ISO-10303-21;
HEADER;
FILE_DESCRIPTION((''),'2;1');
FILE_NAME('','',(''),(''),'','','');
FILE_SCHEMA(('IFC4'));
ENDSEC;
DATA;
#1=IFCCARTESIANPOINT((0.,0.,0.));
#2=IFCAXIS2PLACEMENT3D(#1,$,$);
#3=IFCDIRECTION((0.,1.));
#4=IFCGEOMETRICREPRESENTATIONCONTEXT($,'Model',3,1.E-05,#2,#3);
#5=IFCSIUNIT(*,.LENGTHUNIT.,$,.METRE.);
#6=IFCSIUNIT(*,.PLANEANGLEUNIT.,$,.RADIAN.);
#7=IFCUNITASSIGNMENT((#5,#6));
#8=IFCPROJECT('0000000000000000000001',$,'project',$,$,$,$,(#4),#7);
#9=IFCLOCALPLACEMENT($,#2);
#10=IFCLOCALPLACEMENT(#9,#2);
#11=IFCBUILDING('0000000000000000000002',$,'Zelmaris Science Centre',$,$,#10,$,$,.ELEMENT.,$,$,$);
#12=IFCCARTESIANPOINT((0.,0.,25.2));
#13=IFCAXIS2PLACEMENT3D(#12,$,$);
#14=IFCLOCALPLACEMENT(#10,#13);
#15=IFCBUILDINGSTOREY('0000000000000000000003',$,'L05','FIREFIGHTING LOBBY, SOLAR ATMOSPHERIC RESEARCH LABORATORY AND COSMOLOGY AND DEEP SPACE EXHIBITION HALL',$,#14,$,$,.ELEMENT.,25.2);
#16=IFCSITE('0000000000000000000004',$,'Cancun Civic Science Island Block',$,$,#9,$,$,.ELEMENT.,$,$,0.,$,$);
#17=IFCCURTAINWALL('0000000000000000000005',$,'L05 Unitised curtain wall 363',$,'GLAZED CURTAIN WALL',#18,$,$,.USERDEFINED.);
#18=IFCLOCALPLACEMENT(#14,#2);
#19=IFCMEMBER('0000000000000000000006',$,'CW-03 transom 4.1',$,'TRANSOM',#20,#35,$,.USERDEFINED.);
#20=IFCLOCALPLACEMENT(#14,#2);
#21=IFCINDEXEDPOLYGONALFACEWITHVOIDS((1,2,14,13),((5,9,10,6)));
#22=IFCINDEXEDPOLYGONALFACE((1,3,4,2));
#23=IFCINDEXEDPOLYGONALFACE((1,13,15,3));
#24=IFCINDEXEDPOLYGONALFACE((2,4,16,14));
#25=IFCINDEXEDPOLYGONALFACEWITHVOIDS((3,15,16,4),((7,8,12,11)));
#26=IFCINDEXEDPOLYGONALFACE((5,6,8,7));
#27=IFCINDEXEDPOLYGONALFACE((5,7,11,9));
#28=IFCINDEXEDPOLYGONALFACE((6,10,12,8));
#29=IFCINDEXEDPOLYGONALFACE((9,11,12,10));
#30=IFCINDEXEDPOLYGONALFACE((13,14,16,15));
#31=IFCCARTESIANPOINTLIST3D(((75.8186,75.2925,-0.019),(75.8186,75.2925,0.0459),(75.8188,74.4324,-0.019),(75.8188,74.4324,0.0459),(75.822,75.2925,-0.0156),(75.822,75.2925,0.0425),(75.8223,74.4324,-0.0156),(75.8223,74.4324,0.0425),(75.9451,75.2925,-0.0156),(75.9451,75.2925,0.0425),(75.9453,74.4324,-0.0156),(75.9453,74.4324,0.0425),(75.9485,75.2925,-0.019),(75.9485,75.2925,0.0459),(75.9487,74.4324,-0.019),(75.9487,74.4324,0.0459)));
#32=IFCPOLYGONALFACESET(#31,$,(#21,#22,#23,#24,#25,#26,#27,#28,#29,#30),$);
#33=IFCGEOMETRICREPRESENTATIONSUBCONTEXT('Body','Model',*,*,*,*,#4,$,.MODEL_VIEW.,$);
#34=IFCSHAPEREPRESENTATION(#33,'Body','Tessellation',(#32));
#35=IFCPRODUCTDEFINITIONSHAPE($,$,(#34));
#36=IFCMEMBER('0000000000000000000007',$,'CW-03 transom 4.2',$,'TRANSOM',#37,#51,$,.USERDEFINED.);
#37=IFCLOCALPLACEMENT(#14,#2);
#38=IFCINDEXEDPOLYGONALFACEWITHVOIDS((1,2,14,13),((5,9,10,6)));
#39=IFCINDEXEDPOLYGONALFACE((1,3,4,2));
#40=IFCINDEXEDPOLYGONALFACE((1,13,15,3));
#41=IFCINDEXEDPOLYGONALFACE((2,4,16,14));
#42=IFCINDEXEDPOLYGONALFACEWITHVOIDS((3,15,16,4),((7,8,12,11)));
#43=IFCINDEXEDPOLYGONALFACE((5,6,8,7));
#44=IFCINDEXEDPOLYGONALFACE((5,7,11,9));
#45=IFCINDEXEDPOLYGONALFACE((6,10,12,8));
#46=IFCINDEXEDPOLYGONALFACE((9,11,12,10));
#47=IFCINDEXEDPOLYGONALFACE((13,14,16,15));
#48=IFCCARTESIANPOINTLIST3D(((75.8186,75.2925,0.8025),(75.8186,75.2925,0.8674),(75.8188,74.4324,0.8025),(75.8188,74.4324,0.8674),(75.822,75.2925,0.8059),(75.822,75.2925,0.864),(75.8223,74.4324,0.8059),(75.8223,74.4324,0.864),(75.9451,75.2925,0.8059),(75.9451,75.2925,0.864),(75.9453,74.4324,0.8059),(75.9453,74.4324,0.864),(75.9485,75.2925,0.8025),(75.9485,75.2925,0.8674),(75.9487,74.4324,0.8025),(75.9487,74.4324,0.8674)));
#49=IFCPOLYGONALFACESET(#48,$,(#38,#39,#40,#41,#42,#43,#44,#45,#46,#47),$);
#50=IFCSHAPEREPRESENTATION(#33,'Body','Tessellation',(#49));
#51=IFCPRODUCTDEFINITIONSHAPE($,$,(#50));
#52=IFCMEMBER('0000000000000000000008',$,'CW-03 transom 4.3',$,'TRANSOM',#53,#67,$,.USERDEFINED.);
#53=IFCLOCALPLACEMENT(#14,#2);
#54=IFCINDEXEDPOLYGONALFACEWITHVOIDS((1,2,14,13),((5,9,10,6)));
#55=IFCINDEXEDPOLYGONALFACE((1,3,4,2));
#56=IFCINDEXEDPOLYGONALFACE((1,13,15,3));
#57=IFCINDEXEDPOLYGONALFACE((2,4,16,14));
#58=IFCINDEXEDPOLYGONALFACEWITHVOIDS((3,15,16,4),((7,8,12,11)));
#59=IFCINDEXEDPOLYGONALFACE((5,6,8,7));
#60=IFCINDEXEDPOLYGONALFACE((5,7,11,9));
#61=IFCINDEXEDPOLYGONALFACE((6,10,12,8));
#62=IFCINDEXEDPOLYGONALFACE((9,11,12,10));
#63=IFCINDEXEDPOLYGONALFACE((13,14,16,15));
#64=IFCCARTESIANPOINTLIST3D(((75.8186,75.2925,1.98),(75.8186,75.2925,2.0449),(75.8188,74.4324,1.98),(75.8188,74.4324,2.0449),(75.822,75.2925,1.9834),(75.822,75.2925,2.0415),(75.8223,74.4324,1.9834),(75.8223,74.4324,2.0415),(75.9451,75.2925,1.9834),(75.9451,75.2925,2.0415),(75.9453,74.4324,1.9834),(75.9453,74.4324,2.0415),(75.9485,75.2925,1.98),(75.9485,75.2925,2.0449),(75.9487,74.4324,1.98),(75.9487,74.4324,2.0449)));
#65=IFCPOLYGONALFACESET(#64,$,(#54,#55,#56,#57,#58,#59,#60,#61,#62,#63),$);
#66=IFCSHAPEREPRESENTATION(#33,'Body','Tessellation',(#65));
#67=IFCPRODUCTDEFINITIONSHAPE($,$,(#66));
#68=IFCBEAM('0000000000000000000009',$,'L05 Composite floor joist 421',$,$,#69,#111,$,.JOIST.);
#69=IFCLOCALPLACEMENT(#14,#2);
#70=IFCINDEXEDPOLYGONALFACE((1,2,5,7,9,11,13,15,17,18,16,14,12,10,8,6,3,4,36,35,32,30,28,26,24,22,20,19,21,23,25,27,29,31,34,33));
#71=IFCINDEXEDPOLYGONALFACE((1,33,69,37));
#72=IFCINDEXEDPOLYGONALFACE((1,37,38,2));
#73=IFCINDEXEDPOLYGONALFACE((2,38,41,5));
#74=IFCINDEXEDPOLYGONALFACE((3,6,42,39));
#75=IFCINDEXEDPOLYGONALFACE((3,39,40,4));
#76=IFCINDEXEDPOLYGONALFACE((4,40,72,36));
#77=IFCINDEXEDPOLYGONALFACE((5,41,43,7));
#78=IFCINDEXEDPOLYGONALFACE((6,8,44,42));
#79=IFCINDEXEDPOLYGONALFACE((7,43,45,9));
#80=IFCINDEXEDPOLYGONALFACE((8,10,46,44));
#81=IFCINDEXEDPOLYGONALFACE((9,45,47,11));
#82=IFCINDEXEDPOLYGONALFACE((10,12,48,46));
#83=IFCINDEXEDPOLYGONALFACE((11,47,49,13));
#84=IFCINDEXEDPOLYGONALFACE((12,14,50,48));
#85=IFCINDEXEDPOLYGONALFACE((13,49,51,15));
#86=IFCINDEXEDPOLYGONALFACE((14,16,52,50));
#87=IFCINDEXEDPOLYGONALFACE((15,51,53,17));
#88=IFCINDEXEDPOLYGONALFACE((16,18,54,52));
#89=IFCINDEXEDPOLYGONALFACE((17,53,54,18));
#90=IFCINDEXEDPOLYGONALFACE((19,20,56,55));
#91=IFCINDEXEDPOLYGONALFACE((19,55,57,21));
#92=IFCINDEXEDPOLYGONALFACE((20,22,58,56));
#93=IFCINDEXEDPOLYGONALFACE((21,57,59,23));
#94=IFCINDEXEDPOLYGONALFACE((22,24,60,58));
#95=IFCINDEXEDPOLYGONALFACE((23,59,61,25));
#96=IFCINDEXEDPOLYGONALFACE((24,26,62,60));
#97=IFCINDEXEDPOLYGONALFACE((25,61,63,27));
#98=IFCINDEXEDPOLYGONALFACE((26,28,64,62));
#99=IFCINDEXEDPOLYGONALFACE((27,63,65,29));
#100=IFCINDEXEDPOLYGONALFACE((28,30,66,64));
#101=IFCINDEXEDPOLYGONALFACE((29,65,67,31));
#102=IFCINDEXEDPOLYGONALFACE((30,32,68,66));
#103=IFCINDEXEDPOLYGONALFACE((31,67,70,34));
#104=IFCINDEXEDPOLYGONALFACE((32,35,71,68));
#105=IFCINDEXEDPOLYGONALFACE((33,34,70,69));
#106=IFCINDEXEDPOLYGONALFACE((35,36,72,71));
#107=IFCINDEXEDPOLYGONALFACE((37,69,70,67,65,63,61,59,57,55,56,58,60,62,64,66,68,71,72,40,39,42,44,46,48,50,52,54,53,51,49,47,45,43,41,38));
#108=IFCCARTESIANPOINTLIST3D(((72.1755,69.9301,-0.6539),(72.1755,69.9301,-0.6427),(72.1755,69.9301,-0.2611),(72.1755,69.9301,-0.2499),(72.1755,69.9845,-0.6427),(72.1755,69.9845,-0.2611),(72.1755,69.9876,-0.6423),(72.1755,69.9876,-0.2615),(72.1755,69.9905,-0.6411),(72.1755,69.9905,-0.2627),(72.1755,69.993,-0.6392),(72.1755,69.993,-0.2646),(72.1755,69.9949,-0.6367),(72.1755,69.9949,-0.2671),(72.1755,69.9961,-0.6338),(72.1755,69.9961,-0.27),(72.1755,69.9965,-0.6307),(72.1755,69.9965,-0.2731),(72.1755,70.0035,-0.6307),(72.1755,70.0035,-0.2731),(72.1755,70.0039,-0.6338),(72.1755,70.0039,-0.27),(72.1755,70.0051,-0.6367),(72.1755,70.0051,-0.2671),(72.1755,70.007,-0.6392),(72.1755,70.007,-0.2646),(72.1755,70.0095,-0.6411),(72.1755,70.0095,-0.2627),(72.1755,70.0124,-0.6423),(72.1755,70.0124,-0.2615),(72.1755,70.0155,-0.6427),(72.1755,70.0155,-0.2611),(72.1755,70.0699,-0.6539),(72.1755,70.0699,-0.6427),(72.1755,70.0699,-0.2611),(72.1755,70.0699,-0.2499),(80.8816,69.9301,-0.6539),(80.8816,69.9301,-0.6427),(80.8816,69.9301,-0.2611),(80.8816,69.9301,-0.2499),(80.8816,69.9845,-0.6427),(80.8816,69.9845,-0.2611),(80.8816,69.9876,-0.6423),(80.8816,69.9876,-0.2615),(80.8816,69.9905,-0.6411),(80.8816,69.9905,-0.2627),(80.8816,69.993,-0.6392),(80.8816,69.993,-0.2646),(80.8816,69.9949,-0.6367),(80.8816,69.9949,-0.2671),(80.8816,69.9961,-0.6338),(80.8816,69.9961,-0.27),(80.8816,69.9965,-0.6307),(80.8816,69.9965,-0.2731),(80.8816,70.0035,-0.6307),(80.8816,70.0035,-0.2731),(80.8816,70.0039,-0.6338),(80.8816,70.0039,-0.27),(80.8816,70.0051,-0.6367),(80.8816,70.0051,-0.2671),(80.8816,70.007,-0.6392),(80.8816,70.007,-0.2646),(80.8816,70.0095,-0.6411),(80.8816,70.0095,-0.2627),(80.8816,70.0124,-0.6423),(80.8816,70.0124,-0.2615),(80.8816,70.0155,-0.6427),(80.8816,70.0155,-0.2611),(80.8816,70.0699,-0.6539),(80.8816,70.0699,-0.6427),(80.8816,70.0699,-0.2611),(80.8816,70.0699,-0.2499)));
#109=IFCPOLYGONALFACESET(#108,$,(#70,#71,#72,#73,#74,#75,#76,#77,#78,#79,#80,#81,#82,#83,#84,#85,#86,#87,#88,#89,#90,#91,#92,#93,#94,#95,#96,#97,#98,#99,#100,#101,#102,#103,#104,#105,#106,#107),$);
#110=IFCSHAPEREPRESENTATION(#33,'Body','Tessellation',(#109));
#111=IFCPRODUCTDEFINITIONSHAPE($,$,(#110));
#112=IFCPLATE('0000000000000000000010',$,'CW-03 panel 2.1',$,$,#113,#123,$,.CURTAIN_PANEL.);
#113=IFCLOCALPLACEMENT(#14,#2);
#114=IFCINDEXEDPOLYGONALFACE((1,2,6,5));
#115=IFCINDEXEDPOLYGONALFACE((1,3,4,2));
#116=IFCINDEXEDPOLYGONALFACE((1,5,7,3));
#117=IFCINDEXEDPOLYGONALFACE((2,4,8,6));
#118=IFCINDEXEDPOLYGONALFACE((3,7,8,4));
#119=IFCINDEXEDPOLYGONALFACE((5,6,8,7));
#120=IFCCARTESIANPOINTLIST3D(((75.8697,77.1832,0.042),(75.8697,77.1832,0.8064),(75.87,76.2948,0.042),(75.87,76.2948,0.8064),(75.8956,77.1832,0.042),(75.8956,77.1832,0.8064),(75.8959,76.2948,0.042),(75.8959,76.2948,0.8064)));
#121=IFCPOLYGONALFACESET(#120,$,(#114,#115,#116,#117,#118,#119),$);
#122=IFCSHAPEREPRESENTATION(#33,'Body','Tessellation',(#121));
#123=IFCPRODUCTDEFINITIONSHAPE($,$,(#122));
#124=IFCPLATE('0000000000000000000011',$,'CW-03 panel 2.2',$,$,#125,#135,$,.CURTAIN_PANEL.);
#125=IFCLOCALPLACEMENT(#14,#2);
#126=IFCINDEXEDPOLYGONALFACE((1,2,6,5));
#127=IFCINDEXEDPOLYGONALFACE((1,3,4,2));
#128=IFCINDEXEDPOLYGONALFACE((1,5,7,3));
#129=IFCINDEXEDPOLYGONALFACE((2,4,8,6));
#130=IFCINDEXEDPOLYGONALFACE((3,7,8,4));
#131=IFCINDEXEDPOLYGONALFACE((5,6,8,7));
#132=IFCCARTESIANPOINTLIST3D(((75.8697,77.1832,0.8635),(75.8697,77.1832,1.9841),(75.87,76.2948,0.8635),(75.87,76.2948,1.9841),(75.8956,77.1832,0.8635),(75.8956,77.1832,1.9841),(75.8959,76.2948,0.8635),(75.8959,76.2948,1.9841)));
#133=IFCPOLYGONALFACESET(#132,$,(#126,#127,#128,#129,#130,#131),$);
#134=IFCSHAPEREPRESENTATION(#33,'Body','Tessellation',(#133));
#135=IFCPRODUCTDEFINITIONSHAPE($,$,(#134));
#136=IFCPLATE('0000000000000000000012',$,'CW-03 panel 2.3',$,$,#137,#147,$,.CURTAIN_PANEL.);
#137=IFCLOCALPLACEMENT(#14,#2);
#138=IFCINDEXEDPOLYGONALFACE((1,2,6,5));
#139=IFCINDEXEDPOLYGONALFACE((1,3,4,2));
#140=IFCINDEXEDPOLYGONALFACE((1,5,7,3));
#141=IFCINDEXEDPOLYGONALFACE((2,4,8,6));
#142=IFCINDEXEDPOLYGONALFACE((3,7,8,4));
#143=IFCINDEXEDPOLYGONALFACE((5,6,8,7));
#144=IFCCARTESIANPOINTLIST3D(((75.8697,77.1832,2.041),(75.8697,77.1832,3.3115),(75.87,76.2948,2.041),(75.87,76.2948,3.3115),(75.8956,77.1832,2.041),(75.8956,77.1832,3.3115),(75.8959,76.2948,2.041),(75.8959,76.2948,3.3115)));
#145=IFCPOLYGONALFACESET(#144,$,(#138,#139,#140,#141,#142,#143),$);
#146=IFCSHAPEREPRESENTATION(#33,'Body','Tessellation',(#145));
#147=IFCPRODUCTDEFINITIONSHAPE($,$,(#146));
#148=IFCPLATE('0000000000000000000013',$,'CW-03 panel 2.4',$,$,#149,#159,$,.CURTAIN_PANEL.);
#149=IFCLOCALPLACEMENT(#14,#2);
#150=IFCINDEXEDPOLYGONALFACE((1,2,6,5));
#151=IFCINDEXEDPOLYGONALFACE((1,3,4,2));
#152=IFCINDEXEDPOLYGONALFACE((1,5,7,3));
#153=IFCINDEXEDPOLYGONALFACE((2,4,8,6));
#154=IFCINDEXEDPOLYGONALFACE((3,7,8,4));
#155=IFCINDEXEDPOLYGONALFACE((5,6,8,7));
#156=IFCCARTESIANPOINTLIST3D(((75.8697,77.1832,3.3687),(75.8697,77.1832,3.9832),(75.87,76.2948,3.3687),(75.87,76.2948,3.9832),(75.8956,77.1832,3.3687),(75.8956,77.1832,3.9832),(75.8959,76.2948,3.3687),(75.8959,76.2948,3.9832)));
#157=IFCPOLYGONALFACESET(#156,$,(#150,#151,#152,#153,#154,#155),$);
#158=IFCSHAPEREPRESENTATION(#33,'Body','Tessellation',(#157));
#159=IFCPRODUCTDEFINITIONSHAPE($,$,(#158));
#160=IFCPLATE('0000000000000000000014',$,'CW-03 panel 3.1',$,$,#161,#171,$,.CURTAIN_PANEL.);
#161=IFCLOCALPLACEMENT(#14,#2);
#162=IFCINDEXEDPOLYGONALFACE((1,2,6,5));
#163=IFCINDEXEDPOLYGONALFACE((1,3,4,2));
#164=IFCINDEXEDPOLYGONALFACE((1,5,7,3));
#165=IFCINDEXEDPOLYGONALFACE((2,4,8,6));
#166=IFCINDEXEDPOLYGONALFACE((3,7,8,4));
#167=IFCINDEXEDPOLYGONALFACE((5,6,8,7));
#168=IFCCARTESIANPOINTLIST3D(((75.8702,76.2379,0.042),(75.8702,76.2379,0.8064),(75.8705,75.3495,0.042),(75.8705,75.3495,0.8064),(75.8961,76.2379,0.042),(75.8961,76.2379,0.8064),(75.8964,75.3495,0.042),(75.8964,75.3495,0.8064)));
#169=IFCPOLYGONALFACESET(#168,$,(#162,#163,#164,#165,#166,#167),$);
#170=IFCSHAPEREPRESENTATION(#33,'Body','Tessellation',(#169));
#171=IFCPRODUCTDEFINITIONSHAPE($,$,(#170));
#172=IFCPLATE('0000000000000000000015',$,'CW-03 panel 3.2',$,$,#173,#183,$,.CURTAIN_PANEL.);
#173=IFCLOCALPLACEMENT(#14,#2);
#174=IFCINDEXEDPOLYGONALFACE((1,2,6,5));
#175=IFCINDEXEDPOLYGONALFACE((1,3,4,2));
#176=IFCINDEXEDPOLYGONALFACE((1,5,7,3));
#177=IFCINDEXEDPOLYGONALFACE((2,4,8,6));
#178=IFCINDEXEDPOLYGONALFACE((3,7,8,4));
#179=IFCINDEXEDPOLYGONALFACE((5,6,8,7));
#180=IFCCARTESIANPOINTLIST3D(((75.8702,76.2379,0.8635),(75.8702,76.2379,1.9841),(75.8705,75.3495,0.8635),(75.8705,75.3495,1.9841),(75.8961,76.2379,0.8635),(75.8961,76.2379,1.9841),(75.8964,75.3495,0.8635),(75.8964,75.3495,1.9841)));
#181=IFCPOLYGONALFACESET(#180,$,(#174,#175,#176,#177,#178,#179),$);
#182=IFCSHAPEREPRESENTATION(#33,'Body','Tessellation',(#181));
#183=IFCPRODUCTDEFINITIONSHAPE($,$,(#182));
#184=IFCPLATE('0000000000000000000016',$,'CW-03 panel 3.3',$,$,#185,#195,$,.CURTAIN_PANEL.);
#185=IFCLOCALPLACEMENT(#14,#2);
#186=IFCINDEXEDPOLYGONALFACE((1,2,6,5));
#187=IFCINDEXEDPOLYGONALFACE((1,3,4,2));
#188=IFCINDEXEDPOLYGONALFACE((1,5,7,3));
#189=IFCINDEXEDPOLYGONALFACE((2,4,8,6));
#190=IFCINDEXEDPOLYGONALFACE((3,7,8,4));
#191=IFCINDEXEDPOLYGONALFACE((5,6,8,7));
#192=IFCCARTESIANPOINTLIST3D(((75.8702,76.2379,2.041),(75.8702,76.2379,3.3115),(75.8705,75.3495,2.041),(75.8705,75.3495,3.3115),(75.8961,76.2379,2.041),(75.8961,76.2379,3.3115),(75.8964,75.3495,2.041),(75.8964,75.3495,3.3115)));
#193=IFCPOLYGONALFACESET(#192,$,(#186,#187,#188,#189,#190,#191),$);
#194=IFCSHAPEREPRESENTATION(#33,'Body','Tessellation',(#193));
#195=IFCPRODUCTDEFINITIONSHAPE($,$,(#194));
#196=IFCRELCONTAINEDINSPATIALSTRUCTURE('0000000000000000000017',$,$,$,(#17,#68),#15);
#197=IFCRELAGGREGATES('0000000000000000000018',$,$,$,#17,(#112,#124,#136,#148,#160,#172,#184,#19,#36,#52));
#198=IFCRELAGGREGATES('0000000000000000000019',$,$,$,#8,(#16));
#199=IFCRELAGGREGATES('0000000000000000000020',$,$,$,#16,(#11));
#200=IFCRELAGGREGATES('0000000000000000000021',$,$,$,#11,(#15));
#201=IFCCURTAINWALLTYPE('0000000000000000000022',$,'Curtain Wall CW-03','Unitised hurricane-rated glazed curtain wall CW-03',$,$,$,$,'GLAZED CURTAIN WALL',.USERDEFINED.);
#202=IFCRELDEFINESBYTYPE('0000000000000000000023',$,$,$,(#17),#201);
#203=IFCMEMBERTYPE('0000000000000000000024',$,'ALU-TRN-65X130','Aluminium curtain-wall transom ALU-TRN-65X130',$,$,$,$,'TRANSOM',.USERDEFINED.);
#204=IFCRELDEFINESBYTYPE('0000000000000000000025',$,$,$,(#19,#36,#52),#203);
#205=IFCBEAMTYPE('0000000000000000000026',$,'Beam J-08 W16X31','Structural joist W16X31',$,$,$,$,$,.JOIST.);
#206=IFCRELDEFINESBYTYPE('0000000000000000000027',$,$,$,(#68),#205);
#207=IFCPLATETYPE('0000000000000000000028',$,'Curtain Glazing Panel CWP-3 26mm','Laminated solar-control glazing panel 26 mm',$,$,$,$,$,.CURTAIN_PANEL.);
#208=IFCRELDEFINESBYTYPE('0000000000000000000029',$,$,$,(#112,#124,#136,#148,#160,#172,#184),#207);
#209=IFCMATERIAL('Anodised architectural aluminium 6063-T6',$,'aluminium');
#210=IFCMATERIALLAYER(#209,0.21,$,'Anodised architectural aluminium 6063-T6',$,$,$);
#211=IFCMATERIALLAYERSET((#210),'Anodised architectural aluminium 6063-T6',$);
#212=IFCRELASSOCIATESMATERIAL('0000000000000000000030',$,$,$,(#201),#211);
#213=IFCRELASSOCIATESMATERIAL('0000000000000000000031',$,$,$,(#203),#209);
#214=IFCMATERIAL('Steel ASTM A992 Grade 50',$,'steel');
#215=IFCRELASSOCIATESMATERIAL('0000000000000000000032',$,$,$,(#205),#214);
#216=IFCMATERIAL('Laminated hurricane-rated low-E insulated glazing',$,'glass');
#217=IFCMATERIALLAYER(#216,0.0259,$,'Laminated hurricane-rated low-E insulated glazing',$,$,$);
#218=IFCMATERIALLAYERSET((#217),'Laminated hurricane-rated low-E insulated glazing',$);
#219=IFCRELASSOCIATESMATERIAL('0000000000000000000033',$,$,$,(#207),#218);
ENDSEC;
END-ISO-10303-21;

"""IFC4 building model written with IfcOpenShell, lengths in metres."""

from ifc_helpers import new_model, si_unit, direction, frame, origin, origin_2d, place, context, subcontext, project, spatial, rectangle, hollow_rectangle, i_section, extrude, material, layer, layer_set, material_profile, profile_set, type_object, element, aggregate, save


model = new_model("IFC4")

# Units and contexts
model_context = context("Model", 3, precision=1e-05, world=origin(), true_north=direction((0.0, 1.0)))
body_context = subcontext(model_context, "Body", "Model", "MODEL_VIEW")
ifc_project = project(units=[si_unit("LENGTHUNIT", "METRE"), si_unit("PLANEANGLEUNIT", "RADIAN")], contexts=[model_context])

# Site, building, storey
site_placement = place(None, origin())
site = spatial("IfcSite", under=ifc_project, at=site_placement, Name="Cancun Civic Science Island Block", CompositionType="ELEMENT", RefElevation=0.0)
building_placement = place(site_placement, origin())
building = spatial("IfcBuilding", under=site, at=building_placement, Name="Zelmaris Science Centre", CompositionType="ELEMENT")
storey_placement = place(building_placement, frame((0.0, 0.0, 25.2)))
storey = spatial("IfcBuildingStorey", under=building, at=storey_placement, Name="L05", Description="FIREFIGHTING LOBBY, SOLAR ATMOSPHERIC RESEARCH LABORATORY AND COSMOLOGY AND DEEP SPACE EXHIBITION HALL", CompositionType="ELEMENT", Elevation=25.2)

# Curtain wall, members
ifc_material_1 = material(Name="Anodised architectural aluminium 6063-T6", Category="aluminium")
ifc_layer_1 = layer(ifc_material_1, 0.21, Name="Anodised architectural aluminium 6063-T6")
ifc_layer_set_1 = layer_set([ifc_layer_1], Name="Anodised architectural aluminium 6063-T6")
curtain_wall_type = type_object("IfcCurtainWallType", Name="Curtain Wall CW-03", Description="Unitised hurricane-rated glazed curtain wall CW-03", ElementType="GLAZED CURTAIN WALL", PredefinedType="USERDEFINED", material=ifc_layer_set_1)
curtain_wall_placement = place(storey_placement, origin())
curtain_wall = element("IfcCurtainWall", 1, at=curtain_wall_placement, inside=storey, type_object=curtain_wall_type, Name="L05 Unitised curtain wall 363", ObjectType="GLAZED CURTAIN WALL", PredefinedType="USERDEFINED")
ifc_material_profile_1 = material_profile(ifc_material_1, hollow_rectangle(XDim=0.0649, YDim=0.1299, WallThickness=0.0034, at=origin_2d()), Name="ALU-TRN-65X130")
ifc_profile_set_1 = profile_set([ifc_material_profile_1], Name="Anodised architectural aluminium 6063-T6")
member_type_1 = type_object("IfcMemberType", Name="ALU-TRN-65X130", Description="Aluminium curtain-wall transom ALU-TRN-65X130", ElementType="TRANSOM", PredefinedType="USERDEFINED", material=ifc_profile_set_1)
member_1_placement = place(storey_placement, frame((75.8835, 75.2925, 0.0134), z_axis=(0.000284, -1.0, 0.0), x_axis=(0.0, 0.0, 1.0)))
member_1 = element("IfcMember", 2, at=member_1_placement, type_object=member_type_1, Name="CW-03 transom 4.1", ObjectType="TRANSOM", PredefinedType="USERDEFINED", context=body_context, shape_type="SweptSolid", body=[
    extrude(hollow_rectangle(XDim=0.0649, YDim=0.1299, WallThickness=0.0034, at=origin_2d()), origin(), (0.0, 0.0, 1.0), 0.8601),
])
member_2_placement = place(storey_placement, frame((75.8835, 75.2925, 0.835), z_axis=(0.000284, -1.0, 0.0), x_axis=(0.0, 0.0, 1.0)))
member_2 = element("IfcMember", 3, at=member_2_placement, type_object=member_type_1, Name="CW-03 transom 4.2", ObjectType="TRANSOM", PredefinedType="USERDEFINED", context=body_context, shape_type="SweptSolid", body=[
    extrude(hollow_rectangle(XDim=0.0649, YDim=0.1299, WallThickness=0.0034, at=origin_2d()), origin(), (0.0, 0.0, 1.0), 0.8601),
])
member_3_placement = place(storey_placement, frame((75.8835, 75.2925, 2.0125), z_axis=(0.000284, -1.0, 0.0), x_axis=(0.0, 0.0, 1.0)))
member_3 = element("IfcMember", 4, at=member_3_placement, type_object=member_type_1, Name="CW-03 transom 4.3", ObjectType="TRANSOM", PredefinedType="USERDEFINED", context=body_context, shape_type="SweptSolid", body=[
    extrude(hollow_rectangle(XDim=0.0649, YDim=0.1299, WallThickness=0.0034, at=origin_2d()), origin(), (0.0, 0.0, 1.0), 0.8601),
])

# Beam
ifc_material_2 = material(Name="Steel ASTM A992 Grade 50", Category="steel")
ifc_material_profile_2 = material_profile(ifc_material_2, i_section(OverallWidth=0.1399, OverallDepth=0.4041, WebThickness=0.0071, FlangeThickness=0.0112, FilletRadius=0.012, at=origin_2d()), Name="W16X31")
ifc_profile_set_2 = profile_set([ifc_material_profile_2], Name="Steel ASTM A992 Grade 50")
beam_type = type_object("IfcBeamType", Name="Beam J-08 W16X31", Description="Structural joist W16X31", PredefinedType="JOIST", material=ifc_profile_set_2)
beam_placement = place(storey_placement, frame((72.1755, 70.0, -0.4519), z_axis=(1.0, 0.0, 0.0), x_axis=(0.0, 1.0, 0.0)))
element("IfcBeam", 5, at=beam_placement, inside=storey, type_object=beam_type, Name="L05 Composite floor joist 421", PredefinedType="JOIST", context=body_context, shape_type="SweptSolid", body=[
    extrude(i_section(OverallWidth=0.1399, OverallDepth=0.4041, WebThickness=0.0071, FlangeThickness=0.0112, FilletRadius=0.012, at=origin_2d()), origin(), (0.0, 0.0, 1.0), 8.7061),
])

# Plates
ifc_material_3 = material(Name="Laminated hurricane-rated low-E insulated glazing", Category="glass")
ifc_layer_2 = layer(ifc_material_3, 0.0259, Name="Laminated hurricane-rated low-E insulated glazing")
ifc_layer_set_2 = layer_set([ifc_layer_2], Name="Laminated hurricane-rated low-E insulated glazing")
plate_type = type_object("IfcPlateType", Name="Curtain Glazing Panel CWP-3 26mm", Description="Laminated solar-control glazing panel 26 mm", PredefinedType="CURTAIN_PANEL", material=ifc_layer_set_2)
plate_1_placement = place(storey_placement, frame((75.8828, 76.739, 0.042), z_axis=(0.0, 0.0, 1.0), x_axis=(0.000397, -1.0, 0.0)))
plate_1 = element("IfcPlate", 6, at=plate_1_placement, type_object=plate_type, Name="CW-03 panel 2.1", PredefinedType="CURTAIN_PANEL", context=body_context, shape_type="SweptSolid", body=[
    extrude(rectangle(XDim=0.8884, YDim=0.0259, at=origin_2d()), origin(), (0.0, 0.0, 1.0), 0.7644),
])
plate_2_placement = place(storey_placement, frame((75.8828, 76.739, 0.8635), z_axis=(0.0, 0.0, 1.0), x_axis=(0.000397, -1.0, 0.0)))
plate_2 = element("IfcPlate", 7, at=plate_2_placement, type_object=plate_type, Name="CW-03 panel 2.2", PredefinedType="CURTAIN_PANEL", context=body_context, shape_type="SweptSolid", body=[
    extrude(rectangle(XDim=0.8884, YDim=0.0259, at=origin_2d()), origin(), (0.0, 0.0, 1.0), 1.1206),
])
plate_3_placement = place(storey_placement, frame((75.8828, 76.739, 2.041), z_axis=(0.0, 0.0, 1.0), x_axis=(0.000397, -1.0, 0.0)))
plate_3 = element("IfcPlate", 8, at=plate_3_placement, type_object=plate_type, Name="CW-03 panel 2.3", PredefinedType="CURTAIN_PANEL", context=body_context, shape_type="SweptSolid", body=[
    extrude(rectangle(XDim=0.8884, YDim=0.0259, at=origin_2d()), origin(), (0.0, 0.0, 1.0), 1.2705),
])
plate_4_placement = place(storey_placement, frame((75.8828, 76.739, 3.3687), z_axis=(0.0, 0.0, 1.0), x_axis=(0.000397, -1.0, 0.0)))
plate_4 = element("IfcPlate", 9, at=plate_4_placement, type_object=plate_type, Name="CW-03 panel 2.4", PredefinedType="CURTAIN_PANEL", context=body_context, shape_type="SweptSolid", body=[
    extrude(rectangle(XDim=0.8884, YDim=0.0259, at=origin_2d()), origin(), (0.0, 0.0, 1.0), 0.6145),
])
plate_5_placement = place(storey_placement, frame((75.8833, 75.7937, 0.042), z_axis=(0.0, 0.0, 1.0), x_axis=(0.000397, -1.0, 0.0)))
plate_5 = element("IfcPlate", 10, at=plate_5_placement, type_object=plate_type, Name="CW-03 panel 3.1", PredefinedType="CURTAIN_PANEL", context=body_context, shape_type="SweptSolid", body=[
    extrude(rectangle(XDim=0.8884, YDim=0.0259, at=origin_2d()), origin(), (0.0, 0.0, 1.0), 0.7644),
])
plate_6_placement = place(storey_placement, frame((75.8833, 75.7937, 0.8635), z_axis=(0.0, 0.0, 1.0), x_axis=(0.000397, -1.0, 0.0)))
plate_6 = element("IfcPlate", 11, at=plate_6_placement, type_object=plate_type, Name="CW-03 panel 3.2", PredefinedType="CURTAIN_PANEL", context=body_context, shape_type="SweptSolid", body=[
    extrude(rectangle(XDim=0.8884, YDim=0.0259, at=origin_2d()), origin(), (0.0, 0.0, 1.0), 1.1206),
])
plate_7_placement = place(storey_placement, frame((75.8833, 75.7937, 2.041), z_axis=(0.0, 0.0, 1.0), x_axis=(0.000397, -1.0, 0.0)))
plate_7 = element("IfcPlate", 12, at=plate_7_placement, type_object=plate_type, Name="CW-03 panel 3.3", PredefinedType="CURTAIN_PANEL", context=body_context, shape_type="SweptSolid", body=[
    extrude(rectangle(XDim=0.8884, YDim=0.0259, at=origin_2d()), origin(), (0.0, 0.0, 1.0), 1.2705),
])
aggregate(curtain_wall, [plate_1, plate_2, plate_3, plate_4, plate_5, plate_6, plate_7, member_1, member_2, member_3])

save(model, "model.ifc")
